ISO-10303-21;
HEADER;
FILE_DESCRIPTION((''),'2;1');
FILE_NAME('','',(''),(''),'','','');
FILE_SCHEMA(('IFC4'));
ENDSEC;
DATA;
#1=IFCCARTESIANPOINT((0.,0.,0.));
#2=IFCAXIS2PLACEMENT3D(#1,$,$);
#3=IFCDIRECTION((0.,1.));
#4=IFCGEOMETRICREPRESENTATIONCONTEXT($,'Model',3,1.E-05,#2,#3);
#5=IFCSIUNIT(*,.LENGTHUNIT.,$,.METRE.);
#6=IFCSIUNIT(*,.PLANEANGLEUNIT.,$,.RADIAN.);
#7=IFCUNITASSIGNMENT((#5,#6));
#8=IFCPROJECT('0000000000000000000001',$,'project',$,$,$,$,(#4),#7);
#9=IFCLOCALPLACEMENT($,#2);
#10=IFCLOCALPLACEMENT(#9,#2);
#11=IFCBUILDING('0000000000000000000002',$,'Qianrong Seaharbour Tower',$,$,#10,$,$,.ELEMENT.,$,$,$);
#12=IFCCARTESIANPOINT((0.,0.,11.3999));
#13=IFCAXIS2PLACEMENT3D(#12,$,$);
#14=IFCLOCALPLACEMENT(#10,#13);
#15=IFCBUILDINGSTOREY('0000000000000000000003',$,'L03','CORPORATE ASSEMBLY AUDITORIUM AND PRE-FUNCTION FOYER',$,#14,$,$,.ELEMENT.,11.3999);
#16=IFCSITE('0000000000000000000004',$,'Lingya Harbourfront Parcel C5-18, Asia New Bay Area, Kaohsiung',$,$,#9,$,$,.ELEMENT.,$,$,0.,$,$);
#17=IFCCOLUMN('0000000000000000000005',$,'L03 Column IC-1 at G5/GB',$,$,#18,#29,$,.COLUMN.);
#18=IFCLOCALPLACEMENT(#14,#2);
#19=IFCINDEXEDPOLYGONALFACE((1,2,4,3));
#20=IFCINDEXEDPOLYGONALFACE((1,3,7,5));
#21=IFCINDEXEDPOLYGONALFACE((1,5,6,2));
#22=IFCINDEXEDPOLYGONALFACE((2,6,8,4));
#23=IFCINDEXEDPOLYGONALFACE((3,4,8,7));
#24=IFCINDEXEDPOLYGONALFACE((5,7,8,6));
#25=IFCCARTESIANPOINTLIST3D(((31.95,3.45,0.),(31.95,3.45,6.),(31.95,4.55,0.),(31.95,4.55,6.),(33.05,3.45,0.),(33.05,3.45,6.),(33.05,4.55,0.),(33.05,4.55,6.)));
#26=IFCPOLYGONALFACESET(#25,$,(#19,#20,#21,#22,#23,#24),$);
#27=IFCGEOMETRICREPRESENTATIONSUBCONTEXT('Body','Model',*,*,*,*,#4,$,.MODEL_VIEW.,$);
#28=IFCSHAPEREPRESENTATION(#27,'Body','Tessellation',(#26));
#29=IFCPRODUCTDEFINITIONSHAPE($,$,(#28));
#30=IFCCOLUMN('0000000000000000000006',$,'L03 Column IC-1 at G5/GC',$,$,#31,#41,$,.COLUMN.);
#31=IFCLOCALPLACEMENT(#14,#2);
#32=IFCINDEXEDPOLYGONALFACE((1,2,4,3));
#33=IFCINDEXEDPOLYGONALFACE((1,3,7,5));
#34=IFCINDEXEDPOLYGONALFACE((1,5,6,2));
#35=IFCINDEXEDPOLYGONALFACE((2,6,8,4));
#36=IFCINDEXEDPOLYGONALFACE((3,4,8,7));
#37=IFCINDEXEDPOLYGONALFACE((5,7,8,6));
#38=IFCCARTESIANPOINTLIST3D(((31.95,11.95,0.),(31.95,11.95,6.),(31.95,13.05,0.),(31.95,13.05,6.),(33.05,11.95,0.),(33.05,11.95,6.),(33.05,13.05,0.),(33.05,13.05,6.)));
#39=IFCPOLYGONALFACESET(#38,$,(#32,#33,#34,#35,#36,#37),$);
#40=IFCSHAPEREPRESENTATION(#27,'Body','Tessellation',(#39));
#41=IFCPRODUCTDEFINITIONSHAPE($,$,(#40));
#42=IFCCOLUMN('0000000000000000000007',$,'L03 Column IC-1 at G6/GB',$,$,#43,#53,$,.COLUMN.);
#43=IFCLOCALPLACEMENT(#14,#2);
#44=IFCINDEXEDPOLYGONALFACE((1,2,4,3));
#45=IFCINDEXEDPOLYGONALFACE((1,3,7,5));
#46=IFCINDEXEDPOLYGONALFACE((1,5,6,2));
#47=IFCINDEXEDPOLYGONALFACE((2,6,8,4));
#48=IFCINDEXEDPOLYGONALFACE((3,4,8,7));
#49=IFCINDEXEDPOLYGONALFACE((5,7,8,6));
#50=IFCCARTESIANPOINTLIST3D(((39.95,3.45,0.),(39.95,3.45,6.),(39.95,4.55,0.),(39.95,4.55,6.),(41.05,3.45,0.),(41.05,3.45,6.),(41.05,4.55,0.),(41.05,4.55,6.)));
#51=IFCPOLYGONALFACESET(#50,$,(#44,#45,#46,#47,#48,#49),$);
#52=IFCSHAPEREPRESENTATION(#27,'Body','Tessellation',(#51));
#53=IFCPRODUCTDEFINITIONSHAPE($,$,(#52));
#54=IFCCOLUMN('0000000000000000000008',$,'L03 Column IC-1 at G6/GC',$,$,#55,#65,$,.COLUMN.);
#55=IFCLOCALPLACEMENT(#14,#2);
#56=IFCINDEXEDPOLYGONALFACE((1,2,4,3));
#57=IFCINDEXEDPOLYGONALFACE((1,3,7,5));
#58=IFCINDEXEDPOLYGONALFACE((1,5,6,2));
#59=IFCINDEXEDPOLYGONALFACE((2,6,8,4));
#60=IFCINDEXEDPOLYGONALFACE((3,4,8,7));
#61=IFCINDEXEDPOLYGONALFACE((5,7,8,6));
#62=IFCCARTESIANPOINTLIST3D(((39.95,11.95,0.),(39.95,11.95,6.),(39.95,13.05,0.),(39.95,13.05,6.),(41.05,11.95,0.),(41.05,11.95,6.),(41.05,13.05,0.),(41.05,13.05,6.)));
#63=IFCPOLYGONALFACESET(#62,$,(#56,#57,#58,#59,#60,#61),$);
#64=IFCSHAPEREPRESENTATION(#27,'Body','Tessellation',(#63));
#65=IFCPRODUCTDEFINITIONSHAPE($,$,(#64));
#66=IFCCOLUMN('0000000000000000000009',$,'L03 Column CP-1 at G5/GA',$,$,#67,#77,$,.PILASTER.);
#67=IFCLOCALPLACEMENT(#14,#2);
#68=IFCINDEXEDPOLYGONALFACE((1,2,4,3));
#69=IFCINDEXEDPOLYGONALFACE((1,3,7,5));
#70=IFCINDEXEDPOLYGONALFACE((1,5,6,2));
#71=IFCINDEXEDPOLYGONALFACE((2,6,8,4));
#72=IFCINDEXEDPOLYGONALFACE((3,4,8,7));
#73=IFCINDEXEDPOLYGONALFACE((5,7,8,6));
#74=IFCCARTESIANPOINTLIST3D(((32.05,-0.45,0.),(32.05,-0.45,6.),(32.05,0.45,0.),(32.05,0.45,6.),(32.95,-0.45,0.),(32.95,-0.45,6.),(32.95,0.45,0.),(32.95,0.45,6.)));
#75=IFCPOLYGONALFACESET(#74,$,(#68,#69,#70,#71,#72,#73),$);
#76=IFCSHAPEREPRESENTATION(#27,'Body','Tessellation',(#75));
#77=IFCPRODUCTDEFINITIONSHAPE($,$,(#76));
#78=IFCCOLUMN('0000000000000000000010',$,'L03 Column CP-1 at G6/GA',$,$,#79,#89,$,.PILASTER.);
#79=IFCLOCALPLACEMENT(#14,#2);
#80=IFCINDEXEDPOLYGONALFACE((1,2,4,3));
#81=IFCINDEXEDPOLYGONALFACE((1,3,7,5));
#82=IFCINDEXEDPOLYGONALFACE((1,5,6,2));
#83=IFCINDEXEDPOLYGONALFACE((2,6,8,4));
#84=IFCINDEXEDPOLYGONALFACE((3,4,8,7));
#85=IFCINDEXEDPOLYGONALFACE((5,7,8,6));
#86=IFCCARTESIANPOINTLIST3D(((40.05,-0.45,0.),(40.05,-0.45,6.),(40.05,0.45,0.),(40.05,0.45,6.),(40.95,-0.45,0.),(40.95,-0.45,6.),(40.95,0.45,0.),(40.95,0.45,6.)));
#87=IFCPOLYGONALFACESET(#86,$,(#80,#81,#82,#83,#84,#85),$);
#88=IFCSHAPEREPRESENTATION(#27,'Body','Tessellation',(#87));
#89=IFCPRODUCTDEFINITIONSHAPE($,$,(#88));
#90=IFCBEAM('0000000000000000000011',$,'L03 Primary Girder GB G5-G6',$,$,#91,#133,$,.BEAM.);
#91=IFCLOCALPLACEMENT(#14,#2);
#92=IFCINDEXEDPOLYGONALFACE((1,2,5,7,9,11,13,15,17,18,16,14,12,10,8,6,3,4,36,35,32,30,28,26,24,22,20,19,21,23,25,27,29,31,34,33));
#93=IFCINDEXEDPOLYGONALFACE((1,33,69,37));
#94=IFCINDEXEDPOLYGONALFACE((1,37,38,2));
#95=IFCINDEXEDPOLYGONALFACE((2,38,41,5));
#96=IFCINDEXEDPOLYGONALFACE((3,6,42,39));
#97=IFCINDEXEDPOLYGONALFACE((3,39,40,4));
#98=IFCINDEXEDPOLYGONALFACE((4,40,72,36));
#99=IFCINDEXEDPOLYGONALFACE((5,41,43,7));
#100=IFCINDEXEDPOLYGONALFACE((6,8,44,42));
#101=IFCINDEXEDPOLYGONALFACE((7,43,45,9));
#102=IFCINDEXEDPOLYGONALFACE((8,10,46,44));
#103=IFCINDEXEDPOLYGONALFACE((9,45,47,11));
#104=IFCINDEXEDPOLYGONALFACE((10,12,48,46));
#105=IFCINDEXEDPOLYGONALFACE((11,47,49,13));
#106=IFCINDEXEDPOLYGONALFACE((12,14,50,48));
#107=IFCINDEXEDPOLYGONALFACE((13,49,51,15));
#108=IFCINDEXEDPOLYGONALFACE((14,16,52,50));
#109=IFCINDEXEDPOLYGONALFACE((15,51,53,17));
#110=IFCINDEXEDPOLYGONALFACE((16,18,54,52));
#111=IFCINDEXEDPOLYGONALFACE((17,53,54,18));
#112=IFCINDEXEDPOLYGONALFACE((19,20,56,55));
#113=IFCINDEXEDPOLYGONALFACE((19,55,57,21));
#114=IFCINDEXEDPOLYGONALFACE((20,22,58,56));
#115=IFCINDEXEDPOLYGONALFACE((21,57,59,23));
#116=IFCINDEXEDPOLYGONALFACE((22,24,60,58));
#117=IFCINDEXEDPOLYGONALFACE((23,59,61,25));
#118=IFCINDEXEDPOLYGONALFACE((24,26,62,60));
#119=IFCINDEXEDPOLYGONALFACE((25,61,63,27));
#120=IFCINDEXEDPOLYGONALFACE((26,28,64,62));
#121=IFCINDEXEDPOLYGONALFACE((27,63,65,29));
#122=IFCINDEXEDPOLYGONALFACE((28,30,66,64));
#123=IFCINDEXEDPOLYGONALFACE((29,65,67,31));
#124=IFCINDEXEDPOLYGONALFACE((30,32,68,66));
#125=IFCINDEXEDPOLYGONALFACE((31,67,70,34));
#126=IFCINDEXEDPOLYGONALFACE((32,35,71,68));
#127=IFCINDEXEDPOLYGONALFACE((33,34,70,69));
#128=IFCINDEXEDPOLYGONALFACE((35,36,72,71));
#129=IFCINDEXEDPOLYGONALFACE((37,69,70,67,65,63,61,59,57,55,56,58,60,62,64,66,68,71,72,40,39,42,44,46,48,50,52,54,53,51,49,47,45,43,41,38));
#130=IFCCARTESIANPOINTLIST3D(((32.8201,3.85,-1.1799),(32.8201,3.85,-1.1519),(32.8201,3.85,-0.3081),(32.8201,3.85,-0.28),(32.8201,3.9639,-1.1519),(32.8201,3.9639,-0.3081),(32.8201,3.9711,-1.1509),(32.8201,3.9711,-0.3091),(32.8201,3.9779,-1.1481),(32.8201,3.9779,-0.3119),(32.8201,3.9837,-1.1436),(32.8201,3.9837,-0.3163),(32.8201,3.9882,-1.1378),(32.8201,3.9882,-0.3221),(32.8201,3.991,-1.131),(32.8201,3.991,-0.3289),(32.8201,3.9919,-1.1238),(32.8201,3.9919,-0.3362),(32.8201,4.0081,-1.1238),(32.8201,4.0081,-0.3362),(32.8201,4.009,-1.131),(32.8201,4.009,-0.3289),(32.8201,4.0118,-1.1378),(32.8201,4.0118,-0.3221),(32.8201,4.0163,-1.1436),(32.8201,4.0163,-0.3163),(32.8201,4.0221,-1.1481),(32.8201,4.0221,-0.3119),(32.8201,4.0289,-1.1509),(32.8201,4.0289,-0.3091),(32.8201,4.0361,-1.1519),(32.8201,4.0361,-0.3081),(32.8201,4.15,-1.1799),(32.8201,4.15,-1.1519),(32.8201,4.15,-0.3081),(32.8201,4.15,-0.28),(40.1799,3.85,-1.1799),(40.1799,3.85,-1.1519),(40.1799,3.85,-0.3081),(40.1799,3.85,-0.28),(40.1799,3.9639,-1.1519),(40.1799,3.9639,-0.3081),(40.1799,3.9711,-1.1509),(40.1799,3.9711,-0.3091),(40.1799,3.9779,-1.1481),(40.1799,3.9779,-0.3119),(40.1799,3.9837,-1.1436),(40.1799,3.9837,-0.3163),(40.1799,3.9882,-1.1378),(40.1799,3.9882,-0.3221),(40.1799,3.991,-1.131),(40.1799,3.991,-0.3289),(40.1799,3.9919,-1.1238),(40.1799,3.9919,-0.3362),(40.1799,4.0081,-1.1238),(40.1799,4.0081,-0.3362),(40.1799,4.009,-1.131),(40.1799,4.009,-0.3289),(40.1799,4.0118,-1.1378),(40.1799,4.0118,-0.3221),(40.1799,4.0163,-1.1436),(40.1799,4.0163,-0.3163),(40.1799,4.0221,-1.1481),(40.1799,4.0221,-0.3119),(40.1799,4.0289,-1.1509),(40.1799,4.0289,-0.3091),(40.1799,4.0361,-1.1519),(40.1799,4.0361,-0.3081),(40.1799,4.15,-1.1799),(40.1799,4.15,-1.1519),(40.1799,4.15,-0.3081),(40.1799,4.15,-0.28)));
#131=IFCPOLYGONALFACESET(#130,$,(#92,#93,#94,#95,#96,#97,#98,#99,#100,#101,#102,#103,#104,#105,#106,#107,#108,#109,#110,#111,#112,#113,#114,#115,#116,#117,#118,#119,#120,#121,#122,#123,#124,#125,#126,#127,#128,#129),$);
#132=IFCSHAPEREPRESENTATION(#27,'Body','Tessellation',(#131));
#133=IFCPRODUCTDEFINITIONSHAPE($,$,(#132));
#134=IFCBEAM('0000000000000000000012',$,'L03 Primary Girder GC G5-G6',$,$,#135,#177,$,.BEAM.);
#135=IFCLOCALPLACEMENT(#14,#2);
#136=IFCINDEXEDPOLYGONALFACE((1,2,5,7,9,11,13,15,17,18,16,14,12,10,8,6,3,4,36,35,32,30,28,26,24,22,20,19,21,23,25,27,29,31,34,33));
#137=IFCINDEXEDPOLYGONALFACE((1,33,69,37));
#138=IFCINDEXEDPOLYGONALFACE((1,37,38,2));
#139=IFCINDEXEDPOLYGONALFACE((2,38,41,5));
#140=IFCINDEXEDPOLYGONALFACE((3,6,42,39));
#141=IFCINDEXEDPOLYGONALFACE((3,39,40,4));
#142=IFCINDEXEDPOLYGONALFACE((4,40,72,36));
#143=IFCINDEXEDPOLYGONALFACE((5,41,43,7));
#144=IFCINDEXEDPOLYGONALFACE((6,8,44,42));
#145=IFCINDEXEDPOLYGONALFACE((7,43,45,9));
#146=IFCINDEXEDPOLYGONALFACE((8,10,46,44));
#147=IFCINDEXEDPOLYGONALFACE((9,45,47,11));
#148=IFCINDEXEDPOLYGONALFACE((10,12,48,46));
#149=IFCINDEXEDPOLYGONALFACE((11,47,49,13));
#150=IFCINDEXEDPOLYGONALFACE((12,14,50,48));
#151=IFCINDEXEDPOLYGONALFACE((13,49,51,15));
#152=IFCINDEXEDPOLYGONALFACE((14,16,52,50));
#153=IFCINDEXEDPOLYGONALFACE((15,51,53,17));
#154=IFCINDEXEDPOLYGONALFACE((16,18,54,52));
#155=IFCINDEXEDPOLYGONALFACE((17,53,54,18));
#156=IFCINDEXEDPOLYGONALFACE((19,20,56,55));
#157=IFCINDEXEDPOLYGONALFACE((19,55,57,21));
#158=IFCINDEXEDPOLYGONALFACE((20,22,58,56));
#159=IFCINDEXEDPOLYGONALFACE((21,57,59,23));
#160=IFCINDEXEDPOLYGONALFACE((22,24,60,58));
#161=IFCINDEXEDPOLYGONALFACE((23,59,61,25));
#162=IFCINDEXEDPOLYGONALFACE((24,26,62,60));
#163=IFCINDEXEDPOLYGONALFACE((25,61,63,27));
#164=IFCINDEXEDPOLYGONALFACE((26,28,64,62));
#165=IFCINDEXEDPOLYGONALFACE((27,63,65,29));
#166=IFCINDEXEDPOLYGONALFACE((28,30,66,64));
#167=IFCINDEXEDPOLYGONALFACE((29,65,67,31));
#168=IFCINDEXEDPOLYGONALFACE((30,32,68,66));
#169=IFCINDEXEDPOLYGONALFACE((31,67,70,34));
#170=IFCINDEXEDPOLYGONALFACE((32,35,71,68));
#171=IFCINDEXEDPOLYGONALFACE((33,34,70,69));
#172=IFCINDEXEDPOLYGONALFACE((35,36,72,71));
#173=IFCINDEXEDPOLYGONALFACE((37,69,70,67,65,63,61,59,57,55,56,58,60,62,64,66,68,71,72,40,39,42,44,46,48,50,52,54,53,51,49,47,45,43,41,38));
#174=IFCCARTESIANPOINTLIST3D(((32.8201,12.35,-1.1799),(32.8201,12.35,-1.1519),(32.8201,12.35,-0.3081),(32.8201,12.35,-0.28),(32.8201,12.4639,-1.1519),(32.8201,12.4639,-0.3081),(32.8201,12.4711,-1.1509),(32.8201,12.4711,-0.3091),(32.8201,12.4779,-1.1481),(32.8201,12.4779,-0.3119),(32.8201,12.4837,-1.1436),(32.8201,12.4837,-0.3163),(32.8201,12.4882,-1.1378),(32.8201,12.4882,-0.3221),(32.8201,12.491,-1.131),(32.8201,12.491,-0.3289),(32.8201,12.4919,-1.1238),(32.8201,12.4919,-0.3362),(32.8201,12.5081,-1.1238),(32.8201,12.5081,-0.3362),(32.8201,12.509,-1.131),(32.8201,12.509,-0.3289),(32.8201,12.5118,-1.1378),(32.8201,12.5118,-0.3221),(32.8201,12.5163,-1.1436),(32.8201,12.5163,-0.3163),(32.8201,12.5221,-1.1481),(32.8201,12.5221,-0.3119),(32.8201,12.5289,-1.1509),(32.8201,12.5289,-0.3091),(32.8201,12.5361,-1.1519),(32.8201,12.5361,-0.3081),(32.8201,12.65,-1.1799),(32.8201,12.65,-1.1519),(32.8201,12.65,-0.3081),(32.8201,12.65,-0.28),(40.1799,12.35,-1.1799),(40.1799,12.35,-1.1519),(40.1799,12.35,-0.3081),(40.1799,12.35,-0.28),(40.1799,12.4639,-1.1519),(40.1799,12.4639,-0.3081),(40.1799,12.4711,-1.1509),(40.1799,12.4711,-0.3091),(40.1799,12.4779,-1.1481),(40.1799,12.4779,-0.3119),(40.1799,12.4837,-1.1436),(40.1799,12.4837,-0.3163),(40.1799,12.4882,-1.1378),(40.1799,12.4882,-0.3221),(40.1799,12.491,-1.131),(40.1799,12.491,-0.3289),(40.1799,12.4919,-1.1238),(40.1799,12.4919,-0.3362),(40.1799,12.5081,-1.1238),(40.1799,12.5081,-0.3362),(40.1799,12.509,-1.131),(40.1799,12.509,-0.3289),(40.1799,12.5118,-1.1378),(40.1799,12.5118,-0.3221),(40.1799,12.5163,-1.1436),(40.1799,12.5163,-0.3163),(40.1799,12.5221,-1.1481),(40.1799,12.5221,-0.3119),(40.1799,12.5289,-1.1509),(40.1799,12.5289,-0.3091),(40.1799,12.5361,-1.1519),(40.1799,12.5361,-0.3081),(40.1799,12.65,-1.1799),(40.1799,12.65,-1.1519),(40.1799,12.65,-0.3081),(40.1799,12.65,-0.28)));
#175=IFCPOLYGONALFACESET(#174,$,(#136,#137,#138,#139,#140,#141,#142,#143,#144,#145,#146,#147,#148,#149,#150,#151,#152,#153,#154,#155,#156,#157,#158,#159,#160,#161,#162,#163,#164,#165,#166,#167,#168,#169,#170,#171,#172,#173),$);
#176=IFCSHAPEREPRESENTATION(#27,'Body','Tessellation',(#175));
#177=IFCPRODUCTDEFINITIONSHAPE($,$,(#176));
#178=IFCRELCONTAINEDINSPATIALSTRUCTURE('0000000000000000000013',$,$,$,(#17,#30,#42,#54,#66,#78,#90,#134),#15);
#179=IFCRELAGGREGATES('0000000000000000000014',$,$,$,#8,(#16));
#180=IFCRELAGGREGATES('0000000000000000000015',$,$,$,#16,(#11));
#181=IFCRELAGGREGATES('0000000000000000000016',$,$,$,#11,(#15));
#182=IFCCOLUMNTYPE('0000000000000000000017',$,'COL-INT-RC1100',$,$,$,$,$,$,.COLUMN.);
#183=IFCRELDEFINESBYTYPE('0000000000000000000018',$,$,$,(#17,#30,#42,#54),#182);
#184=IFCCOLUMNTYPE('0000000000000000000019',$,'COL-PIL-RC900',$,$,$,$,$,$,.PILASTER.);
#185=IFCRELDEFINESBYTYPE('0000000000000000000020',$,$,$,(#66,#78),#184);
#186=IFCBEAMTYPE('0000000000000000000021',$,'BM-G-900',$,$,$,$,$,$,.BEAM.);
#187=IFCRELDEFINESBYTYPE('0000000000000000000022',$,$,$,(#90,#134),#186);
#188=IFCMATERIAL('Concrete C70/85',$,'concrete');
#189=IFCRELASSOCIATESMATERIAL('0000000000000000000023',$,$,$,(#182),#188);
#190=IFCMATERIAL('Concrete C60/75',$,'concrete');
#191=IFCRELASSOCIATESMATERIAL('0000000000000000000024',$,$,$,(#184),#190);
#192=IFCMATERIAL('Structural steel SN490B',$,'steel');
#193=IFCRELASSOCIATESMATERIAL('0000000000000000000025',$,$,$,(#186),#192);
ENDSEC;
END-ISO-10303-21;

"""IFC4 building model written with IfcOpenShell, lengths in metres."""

from ifc_helpers import new_model, si_unit, direction, frame, origin, origin_2d, place, context, subcontext, project, spatial, rectangle, i_section, extrude, material, material_profile, profile_set, type_object, element, save


model = new_model("IFC4")

# Units and contexts
model_context = context("Model", 3, precision=1e-05, world=origin(), true_north=direction((0.0, 1.0)))
body_context = subcontext(model_context, "Body", "Model", "MODEL_VIEW")
ifc_project = project(units=[si_unit("LENGTHUNIT", "METRE"), si_unit("PLANEANGLEUNIT", "RADIAN")], contexts=[model_context])

# Site, building, storey
site_placement = place(None, origin())
site = spatial("IfcSite", under=ifc_project, at=site_placement, Name="Lingya Harbourfront Parcel C5-18, Asia New Bay Area, Kaohsiung", CompositionType="ELEMENT", RefElevation=0.0)
building_placement = place(site_placement, origin())
building = spatial("IfcBuilding", under=site, at=building_placement, Name="Qianrong Seaharbour Tower", CompositionType="ELEMENT")
storey_placement = place(building_placement, frame((0.0, 0.0, 11.3999)))
storey = spatial("IfcBuildingStorey", under=building, at=storey_placement, Name="L03", Description="CORPORATE ASSEMBLY AUDITORIUM AND PRE-FUNCTION FOYER", CompositionType="ELEMENT", Elevation=11.3999)

# Columns
ifc_material_1 = material(Name="Concrete C70/85", Category="concrete")
ifc_material_profile_1 = material_profile(ifc_material_1, rectangle(XDim=1.1001, YDim=1.1001, at=origin_2d()), Name="RC1100x1100")
ifc_profile_set_1 = profile_set([ifc_material_profile_1], Name="Concrete C70/85")
column_type_1 = type_object("IfcColumnType", Name="COL-INT-RC1100", PredefinedType="COLUMN", material=ifc_profile_set_1)
for number, where, z_axis, x_axis, name in (
    (1, (32.5, 4.0, 0.0), (0.0, 0.0, 1.0), (1.0, 0.0, 0.0), "L03 Column IC-1 at G5/GB"),
    (2, (32.5, 12.5, 0.0), (0.0, 0.0, 1.0), (1.0, 0.0, 0.0), "L03 Column IC-1 at G5/GC"),
    (3, (40.5, 4.0, 0.0), (0.0, 0.0, 1.0), (1.0, 0.0, 0.0), "L03 Column IC-1 at G6/GB"),
    (4, (40.5, 12.5, 0.0), (0.0, 0.0, 1.0), (1.0, 0.0, 0.0), "L03 Column IC-1 at G6/GC"),
):
    element("IfcColumn", number, at=place(storey_placement, frame(where, z_axis=z_axis, x_axis=x_axis)), inside=storey, type_object=column_type_1, Name=name, PredefinedType="COLUMN", context=body_context, shape_type="SweptSolid", body=[
        extrude(rectangle(XDim=1.1001, YDim=1.1001, at=origin_2d()), origin(), (0.0, 0.0, 1.0), 6.0),
    ])
ifc_material_2 = material(Name="Concrete C60/75", Category="concrete")
ifc_material_profile_2 = material_profile(ifc_material_2, rectangle(XDim=0.8999, YDim=0.8999, at=origin_2d()), Name="RC900x900")
ifc_profile_set_2 = profile_set([ifc_material_profile_2], Name="Concrete C60/75")
column_type_2 = type_object("IfcColumnType", Name="COL-PIL-RC900", PredefinedType="PILASTER", material=ifc_profile_set_2)
for number, where, z_axis, x_axis, name in (
    (5, (32.5, 0.0, 0.0), (0.0, 0.0, 1.0), (1.0, 0.0, 0.0), "L03 Column CP-1 at G5/GA"),
    (6, (40.5, 0.0, 0.0), (0.0, 0.0, 1.0), (1.0, 0.0, 0.0), "L03 Column CP-1 at G6/GA"),
):
    element("IfcColumn", number, at=place(storey_placement, frame(where, z_axis=z_axis, x_axis=x_axis)), inside=storey, type_object=column_type_2, Name=name, PredefinedType="PILASTER", context=body_context, shape_type="SweptSolid", body=[
        extrude(rectangle(XDim=0.8999, YDim=0.8999, at=origin_2d()), origin(), (0.0, 0.0, 1.0), 6.0),
    ])

# Beams
ifc_material_3 = material(Name="Structural steel SN490B", Category="steel")
ifc_material_profile_3 = material_profile(ifc_material_3, i_section(OverallWidth=0.3, OverallDepth=0.8999, WebThickness=0.0161, FlangeThickness=0.0281, FilletRadius=0.0281, at=origin_2d()), Name="H900x300x16x28")
ifc_profile_set_3 = profile_set([ifc_material_profile_3], Name="Structural steel SN490B")
beam_type_1 = type_object("IfcBeamType", Name="BM-G-900", PredefinedType="BEAM", material=ifc_profile_set_3)
for number, where, z_axis, x_axis, name in (
    (7, (32.8201, 4.0, -0.73), (1.0, 0.0, 0.0), (0.0, 1.0, 0.0), "L03 Primary Girder GB G5-G6"),
    (8, (32.8201, 12.5, -0.73), (1.0, 0.0, 0.0), (0.0, 1.0, 0.0), "L03 Primary Girder GC G5-G6"),
):
    element("IfcBeam", number, at=place(storey_placement, frame(where, z_axis=z_axis, x_axis=x_axis)), inside=storey, type_object=beam_type_1, Name=name, PredefinedType="BEAM", context=body_context, shape_type="SweptSolid", body=[
        extrude(i_section(OverallWidth=0.3, OverallDepth=0.8999, WebThickness=0.0161, FlangeThickness=0.0281, FilletRadius=0.0281, at=origin_2d()), origin(), (0.0, 0.0, 1.0), 7.3599),
    ])

save(model, "model.ifc")
